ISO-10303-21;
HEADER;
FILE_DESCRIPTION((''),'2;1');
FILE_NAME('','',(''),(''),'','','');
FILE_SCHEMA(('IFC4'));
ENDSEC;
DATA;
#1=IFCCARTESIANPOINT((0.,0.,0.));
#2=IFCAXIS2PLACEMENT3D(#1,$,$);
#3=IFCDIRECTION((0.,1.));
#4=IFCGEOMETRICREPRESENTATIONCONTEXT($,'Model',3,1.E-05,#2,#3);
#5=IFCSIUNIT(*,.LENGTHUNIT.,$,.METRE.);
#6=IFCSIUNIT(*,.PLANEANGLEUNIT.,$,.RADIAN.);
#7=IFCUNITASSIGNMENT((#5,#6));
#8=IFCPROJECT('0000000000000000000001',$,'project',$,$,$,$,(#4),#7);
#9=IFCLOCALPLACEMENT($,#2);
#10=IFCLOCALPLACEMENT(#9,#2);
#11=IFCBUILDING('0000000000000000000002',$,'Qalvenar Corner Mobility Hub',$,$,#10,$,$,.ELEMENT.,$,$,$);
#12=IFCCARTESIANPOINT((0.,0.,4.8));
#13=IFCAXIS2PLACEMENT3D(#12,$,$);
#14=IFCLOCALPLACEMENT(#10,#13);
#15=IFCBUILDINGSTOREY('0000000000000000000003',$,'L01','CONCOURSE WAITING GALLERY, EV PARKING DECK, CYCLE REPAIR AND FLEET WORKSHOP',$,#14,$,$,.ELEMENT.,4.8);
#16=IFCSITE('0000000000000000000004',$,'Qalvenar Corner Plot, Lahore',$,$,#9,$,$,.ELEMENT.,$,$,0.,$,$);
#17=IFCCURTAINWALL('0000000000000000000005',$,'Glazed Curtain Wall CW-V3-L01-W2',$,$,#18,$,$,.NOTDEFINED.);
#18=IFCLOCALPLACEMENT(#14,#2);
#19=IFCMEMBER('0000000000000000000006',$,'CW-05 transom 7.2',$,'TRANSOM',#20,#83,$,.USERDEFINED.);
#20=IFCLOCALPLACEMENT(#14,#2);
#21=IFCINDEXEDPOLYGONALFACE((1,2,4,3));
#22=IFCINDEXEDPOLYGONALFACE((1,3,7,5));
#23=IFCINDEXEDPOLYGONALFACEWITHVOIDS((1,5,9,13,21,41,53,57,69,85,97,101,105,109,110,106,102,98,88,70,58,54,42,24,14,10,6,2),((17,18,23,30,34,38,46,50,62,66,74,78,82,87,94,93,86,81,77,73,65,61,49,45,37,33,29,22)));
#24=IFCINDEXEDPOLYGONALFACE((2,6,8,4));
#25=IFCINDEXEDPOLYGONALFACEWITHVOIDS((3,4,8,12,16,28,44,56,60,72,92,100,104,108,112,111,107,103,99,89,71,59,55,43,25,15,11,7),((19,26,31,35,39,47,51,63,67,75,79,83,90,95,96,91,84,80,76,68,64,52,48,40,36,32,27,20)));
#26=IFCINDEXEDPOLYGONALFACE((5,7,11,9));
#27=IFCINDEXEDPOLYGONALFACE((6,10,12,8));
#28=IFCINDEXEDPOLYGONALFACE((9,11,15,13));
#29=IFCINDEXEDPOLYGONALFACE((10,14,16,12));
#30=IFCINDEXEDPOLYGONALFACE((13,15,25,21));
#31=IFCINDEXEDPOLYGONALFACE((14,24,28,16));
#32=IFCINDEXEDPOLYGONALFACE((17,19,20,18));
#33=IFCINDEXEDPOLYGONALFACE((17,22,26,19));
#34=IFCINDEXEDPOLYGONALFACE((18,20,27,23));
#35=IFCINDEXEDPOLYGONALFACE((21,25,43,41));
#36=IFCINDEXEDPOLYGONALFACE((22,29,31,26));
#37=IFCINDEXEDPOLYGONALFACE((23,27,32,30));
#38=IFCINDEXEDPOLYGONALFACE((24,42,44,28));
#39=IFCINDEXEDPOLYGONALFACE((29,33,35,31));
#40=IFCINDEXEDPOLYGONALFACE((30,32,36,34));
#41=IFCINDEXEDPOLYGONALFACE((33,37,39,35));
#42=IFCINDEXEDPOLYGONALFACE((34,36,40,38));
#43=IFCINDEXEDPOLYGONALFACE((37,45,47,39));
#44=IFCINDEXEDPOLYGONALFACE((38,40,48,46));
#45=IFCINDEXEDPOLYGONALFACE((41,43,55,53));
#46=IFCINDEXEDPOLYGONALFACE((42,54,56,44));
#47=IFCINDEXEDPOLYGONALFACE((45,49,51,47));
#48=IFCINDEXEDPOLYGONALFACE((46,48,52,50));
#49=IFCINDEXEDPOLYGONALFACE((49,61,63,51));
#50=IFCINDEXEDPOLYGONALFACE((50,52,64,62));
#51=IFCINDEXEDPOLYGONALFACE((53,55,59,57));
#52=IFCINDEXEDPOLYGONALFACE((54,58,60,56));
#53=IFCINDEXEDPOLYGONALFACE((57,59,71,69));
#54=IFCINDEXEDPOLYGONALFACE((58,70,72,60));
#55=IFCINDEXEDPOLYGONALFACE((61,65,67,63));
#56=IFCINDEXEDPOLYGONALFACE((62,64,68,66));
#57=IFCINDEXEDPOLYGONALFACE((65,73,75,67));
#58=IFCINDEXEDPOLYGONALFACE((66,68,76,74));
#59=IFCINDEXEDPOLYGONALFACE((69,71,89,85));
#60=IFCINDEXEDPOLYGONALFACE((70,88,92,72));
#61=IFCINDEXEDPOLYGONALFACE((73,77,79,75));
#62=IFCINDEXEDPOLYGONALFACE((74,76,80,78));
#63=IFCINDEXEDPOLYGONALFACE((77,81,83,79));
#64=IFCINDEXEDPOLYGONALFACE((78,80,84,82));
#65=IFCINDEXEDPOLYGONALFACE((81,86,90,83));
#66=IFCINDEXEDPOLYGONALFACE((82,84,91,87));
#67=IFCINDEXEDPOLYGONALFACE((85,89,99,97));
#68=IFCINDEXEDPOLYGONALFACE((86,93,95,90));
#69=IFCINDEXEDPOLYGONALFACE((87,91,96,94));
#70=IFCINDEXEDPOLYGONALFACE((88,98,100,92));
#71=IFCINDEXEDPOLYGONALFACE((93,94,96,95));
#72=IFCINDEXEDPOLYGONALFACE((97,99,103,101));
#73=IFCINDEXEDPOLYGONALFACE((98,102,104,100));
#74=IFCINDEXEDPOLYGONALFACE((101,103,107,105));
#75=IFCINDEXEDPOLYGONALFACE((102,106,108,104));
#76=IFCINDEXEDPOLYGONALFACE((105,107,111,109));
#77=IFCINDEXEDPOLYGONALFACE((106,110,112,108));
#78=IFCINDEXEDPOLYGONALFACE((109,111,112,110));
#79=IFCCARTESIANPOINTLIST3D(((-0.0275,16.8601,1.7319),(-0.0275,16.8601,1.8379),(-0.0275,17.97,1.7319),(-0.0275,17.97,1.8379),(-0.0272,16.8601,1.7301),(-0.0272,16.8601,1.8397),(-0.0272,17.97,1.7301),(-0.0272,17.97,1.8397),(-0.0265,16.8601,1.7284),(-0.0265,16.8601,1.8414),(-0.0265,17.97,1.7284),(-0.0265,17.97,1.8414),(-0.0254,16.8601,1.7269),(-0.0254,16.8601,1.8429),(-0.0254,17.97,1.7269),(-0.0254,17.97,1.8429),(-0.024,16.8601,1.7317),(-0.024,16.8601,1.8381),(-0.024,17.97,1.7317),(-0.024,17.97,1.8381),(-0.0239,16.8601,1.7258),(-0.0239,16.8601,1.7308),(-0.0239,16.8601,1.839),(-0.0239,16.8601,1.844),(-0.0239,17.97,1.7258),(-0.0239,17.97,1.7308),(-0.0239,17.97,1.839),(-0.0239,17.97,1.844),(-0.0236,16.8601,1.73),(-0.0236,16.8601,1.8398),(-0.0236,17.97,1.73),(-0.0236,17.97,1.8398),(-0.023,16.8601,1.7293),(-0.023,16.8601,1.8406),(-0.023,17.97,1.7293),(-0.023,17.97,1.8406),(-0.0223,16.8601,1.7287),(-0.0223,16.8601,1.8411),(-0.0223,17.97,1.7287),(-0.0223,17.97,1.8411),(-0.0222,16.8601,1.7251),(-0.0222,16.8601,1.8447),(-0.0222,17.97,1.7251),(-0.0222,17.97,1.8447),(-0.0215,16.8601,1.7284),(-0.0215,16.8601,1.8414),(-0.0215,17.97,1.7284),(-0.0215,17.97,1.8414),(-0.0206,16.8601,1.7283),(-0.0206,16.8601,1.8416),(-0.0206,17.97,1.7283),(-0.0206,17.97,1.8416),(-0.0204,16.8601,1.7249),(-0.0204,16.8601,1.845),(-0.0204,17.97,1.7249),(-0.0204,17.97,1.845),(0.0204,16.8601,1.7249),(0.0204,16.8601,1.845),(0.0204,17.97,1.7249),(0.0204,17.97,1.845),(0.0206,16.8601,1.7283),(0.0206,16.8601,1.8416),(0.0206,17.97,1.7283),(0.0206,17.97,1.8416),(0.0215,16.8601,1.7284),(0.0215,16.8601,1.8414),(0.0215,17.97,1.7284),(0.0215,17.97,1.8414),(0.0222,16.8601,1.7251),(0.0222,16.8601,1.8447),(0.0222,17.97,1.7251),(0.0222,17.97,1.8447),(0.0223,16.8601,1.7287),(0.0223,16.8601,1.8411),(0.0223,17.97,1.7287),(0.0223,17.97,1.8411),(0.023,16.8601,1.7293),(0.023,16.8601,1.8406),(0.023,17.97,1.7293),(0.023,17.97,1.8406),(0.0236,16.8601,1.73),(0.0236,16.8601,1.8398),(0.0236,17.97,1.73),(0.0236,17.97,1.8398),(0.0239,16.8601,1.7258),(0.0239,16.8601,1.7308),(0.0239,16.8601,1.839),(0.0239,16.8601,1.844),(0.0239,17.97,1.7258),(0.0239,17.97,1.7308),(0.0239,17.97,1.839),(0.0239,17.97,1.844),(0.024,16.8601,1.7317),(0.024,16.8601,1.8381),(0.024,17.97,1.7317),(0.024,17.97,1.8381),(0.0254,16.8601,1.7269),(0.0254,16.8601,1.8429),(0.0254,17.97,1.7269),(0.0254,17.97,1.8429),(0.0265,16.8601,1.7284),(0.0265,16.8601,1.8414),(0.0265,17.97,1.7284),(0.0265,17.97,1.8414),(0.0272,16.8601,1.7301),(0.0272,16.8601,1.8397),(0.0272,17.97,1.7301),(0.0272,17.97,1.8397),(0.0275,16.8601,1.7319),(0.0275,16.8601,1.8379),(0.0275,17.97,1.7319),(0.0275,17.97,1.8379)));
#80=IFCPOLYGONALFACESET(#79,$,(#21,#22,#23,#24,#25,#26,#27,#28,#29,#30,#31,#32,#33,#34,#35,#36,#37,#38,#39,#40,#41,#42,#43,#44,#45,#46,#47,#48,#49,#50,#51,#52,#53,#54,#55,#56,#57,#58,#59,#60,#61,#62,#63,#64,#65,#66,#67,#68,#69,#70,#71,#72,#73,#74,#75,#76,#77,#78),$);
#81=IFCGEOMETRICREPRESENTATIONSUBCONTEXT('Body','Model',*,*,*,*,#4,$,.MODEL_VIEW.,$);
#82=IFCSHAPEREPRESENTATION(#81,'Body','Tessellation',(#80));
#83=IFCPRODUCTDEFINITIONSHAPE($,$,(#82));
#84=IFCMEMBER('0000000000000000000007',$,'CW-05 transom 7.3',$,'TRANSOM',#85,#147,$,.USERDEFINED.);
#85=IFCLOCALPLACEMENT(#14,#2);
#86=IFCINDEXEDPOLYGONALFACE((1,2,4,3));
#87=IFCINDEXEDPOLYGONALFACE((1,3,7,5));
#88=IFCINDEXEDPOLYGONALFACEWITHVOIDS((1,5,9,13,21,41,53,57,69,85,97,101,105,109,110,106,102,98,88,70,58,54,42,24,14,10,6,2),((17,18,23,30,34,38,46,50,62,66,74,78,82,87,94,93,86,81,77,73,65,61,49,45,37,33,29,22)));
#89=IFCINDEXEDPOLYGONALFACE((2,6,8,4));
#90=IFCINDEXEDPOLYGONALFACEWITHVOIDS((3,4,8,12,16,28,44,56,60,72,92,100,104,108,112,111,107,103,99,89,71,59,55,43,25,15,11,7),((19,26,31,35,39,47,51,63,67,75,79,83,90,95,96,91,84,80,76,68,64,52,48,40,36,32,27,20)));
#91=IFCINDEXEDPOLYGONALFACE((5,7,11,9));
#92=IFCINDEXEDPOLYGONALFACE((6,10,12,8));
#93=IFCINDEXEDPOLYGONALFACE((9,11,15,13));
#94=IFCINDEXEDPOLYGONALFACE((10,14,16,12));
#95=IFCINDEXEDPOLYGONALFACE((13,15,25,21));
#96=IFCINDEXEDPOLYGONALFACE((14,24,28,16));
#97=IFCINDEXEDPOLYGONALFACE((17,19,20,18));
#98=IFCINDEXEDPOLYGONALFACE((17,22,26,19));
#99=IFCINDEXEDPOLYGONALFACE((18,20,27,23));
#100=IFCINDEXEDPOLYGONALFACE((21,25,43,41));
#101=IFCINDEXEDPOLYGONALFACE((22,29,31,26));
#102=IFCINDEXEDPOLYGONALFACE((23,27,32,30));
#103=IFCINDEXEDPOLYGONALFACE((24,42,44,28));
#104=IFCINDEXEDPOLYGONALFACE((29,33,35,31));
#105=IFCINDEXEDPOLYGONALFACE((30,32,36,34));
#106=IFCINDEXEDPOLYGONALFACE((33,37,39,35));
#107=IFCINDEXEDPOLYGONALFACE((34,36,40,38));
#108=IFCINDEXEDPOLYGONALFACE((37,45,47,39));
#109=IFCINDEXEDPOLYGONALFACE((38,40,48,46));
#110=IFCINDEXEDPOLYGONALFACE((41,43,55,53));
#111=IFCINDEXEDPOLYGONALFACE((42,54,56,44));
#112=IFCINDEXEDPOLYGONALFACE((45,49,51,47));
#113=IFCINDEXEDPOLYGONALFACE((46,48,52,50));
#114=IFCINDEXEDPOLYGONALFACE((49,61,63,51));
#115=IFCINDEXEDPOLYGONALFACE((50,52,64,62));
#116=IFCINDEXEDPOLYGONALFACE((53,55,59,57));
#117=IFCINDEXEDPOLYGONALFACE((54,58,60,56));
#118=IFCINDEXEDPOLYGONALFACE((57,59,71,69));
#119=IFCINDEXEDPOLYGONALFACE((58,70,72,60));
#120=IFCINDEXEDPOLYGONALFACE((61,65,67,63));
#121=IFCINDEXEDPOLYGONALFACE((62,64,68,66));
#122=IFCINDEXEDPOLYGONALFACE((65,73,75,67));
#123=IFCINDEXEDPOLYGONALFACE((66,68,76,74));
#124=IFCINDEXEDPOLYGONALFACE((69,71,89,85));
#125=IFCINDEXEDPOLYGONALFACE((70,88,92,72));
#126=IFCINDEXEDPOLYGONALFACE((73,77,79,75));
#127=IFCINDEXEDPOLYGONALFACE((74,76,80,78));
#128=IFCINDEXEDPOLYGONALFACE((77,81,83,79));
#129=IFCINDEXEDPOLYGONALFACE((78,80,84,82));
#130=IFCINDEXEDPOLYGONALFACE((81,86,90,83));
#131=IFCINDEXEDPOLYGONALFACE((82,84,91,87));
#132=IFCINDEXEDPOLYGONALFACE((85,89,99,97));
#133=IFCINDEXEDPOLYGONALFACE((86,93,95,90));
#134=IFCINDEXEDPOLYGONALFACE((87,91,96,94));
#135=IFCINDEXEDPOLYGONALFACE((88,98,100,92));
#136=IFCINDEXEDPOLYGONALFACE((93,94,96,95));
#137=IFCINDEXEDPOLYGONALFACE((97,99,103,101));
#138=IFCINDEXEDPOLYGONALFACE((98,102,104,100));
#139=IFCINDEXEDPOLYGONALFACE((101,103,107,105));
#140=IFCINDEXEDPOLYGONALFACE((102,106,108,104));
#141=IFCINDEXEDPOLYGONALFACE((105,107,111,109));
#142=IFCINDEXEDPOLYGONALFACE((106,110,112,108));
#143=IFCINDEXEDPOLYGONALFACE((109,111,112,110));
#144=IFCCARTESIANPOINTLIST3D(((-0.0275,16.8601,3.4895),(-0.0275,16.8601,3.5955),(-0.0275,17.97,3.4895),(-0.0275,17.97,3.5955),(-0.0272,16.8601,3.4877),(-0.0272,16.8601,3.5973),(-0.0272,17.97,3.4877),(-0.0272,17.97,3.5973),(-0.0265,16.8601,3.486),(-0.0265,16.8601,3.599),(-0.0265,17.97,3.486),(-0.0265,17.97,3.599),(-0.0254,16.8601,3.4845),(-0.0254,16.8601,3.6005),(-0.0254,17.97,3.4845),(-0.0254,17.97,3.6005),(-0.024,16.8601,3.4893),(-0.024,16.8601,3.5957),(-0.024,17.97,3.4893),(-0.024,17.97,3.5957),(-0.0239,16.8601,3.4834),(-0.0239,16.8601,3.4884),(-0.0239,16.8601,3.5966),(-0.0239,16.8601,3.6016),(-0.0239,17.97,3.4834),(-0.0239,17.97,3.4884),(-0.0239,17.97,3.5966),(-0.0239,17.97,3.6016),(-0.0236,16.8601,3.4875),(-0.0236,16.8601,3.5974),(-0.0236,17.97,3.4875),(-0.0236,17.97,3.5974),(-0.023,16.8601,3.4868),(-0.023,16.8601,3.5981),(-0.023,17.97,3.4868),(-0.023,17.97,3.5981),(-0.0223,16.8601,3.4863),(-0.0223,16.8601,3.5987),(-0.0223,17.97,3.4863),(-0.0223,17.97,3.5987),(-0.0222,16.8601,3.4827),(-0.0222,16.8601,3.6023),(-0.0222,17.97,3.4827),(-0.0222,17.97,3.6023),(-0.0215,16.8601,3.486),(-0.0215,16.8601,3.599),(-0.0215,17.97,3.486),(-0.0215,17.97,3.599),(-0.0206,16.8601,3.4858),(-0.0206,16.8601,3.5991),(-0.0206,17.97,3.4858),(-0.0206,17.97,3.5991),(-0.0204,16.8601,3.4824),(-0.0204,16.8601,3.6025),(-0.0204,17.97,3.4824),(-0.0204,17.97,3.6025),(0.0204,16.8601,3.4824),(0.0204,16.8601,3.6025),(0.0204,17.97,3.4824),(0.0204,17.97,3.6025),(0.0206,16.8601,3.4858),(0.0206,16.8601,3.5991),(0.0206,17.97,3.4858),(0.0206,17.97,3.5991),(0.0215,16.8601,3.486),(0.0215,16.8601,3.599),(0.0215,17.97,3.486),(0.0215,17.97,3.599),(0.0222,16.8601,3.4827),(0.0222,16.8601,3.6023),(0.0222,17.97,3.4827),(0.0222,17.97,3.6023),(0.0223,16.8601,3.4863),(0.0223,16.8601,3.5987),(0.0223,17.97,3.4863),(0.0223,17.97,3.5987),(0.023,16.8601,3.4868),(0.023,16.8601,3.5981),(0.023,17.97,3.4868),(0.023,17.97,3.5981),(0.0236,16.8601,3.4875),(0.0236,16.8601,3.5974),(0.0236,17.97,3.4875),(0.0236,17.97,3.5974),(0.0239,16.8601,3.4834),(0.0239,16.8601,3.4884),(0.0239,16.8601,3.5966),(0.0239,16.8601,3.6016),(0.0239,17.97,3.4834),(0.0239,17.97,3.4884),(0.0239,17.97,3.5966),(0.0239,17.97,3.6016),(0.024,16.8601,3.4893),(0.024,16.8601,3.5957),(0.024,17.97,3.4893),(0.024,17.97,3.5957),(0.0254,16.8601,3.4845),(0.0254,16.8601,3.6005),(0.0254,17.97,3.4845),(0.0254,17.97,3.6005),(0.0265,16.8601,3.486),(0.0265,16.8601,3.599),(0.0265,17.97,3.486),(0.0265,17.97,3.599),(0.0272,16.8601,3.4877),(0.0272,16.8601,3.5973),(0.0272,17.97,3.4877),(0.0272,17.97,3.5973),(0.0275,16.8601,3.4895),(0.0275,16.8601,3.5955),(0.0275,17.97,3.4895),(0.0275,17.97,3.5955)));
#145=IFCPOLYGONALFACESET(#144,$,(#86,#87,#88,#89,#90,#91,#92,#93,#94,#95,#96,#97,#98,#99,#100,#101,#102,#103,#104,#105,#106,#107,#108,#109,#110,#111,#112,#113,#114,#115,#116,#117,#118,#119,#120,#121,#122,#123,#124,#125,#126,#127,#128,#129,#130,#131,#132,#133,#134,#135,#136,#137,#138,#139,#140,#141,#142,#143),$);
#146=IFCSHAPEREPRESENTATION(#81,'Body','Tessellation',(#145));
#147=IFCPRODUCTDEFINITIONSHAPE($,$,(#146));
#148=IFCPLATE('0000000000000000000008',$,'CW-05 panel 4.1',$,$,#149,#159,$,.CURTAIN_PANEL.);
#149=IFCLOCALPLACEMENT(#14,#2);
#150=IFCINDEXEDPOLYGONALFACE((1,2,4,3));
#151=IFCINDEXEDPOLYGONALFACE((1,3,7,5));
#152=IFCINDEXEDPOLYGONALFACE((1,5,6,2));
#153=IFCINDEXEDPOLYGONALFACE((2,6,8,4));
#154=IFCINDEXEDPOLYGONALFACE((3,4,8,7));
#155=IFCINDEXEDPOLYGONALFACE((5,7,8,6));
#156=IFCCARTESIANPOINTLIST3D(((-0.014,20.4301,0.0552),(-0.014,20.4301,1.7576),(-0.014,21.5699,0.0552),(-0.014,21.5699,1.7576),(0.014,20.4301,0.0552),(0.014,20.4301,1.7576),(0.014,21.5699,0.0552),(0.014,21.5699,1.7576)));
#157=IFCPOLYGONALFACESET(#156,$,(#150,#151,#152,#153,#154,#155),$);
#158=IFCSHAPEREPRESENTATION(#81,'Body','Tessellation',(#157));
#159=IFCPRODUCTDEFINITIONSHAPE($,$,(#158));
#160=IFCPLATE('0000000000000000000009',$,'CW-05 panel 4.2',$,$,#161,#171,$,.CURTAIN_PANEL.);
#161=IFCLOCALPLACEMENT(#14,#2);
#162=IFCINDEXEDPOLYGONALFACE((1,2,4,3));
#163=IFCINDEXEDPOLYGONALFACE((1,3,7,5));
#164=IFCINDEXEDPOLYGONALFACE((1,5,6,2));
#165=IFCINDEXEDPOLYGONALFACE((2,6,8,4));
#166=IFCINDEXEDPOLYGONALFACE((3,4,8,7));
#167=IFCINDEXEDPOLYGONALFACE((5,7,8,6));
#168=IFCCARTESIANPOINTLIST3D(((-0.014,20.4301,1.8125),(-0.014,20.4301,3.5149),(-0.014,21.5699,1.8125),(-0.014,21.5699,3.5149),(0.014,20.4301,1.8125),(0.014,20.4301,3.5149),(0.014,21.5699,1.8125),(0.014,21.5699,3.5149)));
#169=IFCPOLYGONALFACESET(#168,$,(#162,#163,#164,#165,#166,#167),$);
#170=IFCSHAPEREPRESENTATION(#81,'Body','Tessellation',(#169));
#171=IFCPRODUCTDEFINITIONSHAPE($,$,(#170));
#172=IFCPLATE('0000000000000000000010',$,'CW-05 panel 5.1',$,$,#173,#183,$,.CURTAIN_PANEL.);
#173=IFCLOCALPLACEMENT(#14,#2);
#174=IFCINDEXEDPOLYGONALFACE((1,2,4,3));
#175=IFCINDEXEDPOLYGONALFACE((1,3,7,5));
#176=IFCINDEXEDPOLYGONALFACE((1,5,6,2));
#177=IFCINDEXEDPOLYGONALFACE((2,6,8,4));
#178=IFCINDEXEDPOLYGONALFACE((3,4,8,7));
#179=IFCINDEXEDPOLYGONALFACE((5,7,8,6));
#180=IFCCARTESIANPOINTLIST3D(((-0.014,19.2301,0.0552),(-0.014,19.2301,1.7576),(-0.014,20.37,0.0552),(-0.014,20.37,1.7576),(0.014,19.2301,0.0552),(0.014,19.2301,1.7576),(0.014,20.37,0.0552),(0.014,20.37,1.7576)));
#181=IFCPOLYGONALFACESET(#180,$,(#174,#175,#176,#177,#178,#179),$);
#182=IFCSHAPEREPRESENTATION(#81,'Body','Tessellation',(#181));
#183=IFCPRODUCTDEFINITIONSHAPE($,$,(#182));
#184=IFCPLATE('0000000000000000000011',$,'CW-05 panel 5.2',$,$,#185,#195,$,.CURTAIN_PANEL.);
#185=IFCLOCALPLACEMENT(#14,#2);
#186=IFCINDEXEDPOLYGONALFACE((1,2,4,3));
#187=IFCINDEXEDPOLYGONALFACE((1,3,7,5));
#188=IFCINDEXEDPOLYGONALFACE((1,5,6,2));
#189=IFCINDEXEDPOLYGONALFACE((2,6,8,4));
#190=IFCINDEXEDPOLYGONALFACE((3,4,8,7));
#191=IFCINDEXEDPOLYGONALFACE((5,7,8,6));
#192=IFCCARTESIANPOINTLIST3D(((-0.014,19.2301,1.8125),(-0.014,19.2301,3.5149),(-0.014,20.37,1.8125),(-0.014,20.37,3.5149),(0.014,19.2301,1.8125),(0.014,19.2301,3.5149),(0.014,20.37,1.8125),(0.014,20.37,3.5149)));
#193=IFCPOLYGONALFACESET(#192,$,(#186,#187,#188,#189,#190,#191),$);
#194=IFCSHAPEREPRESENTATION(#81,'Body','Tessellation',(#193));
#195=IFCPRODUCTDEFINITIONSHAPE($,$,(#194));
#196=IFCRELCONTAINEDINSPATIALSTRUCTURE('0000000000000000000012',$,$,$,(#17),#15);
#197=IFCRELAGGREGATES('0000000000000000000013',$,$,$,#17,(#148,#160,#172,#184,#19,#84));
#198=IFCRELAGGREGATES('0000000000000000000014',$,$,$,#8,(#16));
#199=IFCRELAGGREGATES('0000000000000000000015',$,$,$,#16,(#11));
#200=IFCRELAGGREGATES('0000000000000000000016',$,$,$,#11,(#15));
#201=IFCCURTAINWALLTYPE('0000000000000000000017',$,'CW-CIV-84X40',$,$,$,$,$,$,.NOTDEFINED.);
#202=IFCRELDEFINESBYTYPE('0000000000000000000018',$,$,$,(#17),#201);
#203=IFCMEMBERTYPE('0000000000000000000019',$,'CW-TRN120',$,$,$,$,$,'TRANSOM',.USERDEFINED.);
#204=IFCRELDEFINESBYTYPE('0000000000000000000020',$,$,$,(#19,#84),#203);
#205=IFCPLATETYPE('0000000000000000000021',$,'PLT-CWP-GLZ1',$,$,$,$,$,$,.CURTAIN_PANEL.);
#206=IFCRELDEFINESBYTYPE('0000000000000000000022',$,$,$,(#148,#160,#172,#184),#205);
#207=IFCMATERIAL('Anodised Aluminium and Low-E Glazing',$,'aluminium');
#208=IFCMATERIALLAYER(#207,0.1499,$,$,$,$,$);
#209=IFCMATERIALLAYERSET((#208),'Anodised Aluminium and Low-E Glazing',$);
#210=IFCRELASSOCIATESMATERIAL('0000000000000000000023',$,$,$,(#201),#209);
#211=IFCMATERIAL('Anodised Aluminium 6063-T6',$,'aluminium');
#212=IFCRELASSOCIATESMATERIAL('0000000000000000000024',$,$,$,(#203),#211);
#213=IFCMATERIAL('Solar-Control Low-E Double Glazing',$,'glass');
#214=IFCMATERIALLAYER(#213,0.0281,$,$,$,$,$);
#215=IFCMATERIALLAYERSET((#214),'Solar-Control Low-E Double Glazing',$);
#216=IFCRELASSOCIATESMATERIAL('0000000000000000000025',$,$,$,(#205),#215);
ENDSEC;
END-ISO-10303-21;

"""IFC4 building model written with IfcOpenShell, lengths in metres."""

from ifc_helpers import new_model, si_unit, direction, frame, origin, origin_2d, place, context, subcontext, project, spatial, rectangle, hollow_rectangle, extrude, material, layer, layer_set, material_profile, profile_set, type_object, element, aggregate, save


model = new_model("IFC4")

# Units and contexts
model_context = context("Model", 3, precision=1e-05, world=origin(), true_north=direction((0.0, 1.0)))
body_context = subcontext(model_context, "Body", "Model", "MODEL_VIEW")
ifc_project = project(units=[si_unit("LENGTHUNIT", "METRE"), si_unit("PLANEANGLEUNIT", "RADIAN")], contexts=[model_context])

# Site, building, storey
site_placement = place(None, origin())
site = spatial("IfcSite", under=ifc_project, at=site_placement, Name="Qalvenar Corner Plot, Lahore", CompositionType="ELEMENT", RefElevation=0.0)
building_placement = place(site_placement, origin())
building = spatial("IfcBuilding", under=site, at=building_placement, Name="Qalvenar Corner Mobility Hub", CompositionType="ELEMENT")
storey_placement = place(building_placement, frame((0.0, 0.0, 4.8)))
storey = spatial("IfcBuildingStorey", under=building, at=storey_placement, Name="L01", Description="CONCOURSE WAITING GALLERY, EV PARKING DECK, CYCLE REPAIR AND FLEET WORKSHOP", CompositionType="ELEMENT", Elevation=4.8)

# Curtain wall, members, plates
ifc_material_1 = material(Name="Anodised Aluminium and Low-E Glazing", Category="aluminium")
ifc_layer_1 = layer(ifc_material_1, 0.1499)
ifc_layer_set_1 = layer_set([ifc_layer_1], Name="Anodised Aluminium and Low-E Glazing")
curtain_wall_type = type_object("IfcCurtainWallType", Name="CW-CIV-84X40", PredefinedType="NOTDEFINED", material=ifc_layer_set_1)
curtain_wall_placement = place(storey_placement, origin())
curtain_wall = element("IfcCurtainWall", 1, at=curtain_wall_placement, inside=storey, type_object=curtain_wall_type, Name="Glazed Curtain Wall CW-V3-L01-W2", PredefinedType="NOTDEFINED")
ifc_material_2 = material(Name="Anodised Aluminium 6063-T6", Category="aluminium")
ifc_material_profile_1 = material_profile(ifc_material_2, hollow_rectangle(XDim=0.0549, YDim=0.1201, WallThickness=0.0034, InnerFilletRadius=0.0034, OuterFilletRadius=0.0071, at=origin_2d()), Name="RHS120x55x3.5")
ifc_profile_set_1 = profile_set([ifc_material_profile_1], Name="Anodised Aluminium 6063-T6")
member_type_1 = type_object("IfcMemberType", Name="CW-TRN120", ElementType="TRANSOM", PredefinedType="USERDEFINED", material=ifc_profile_set_1)
member_1_placement = place(storey_placement, frame((0.0, 17.97, 1.7849), z_axis=(0.0, -1.0, 0.0), x_axis=(1.0, 0.0, 0.0)))
member_1 = element("IfcMember", 2, at=member_1_placement, type_object=member_type_1, Name="CW-05 transom 7.2", ObjectType="TRANSOM", PredefinedType="USERDEFINED", context=body_context, shape_type="SweptSolid", body=[
    extrude(hollow_rectangle(XDim=0.0549, YDim=0.1201, WallThickness=0.0034, InnerFilletRadius=0.0034, OuterFilletRadius=0.0071, at=origin_2d()), origin(), (0.0, 0.0, 1.0), 1.1099),
])
member_2_placement = place(storey_placement, frame((0.0, 17.97, 3.5425), z_axis=(0.0, -1.0, 0.0), x_axis=(1.0, 0.0, 0.0)))
member_2 = element("IfcMember", 3, at=member_2_placement, type_object=member_type_1, Name="CW-05 transom 7.3", ObjectType="TRANSOM", PredefinedType="USERDEFINED", context=body_context, shape_type="SweptSolid", body=[
    extrude(hollow_rectangle(XDim=0.0549, YDim=0.1201, WallThickness=0.0034, InnerFilletRadius=0.0034, OuterFilletRadius=0.0071, at=origin_2d()), origin(), (0.0, 0.0, 1.0), 1.1099),
])
ifc_material_3 = material(Name="Solar-Control Low-E Double Glazing", Category="glass")
ifc_layer_2 = layer(ifc_material_3, 0.0281)
ifc_layer_set_2 = layer_set([ifc_layer_2], Name="Solar-Control Low-E Double Glazing")
plate_type = type_object("IfcPlateType", Name="PLT-CWP-GLZ1", PredefinedType="CURTAIN_PANEL", material=ifc_layer_set_2)
plate_1_placement = place(storey_placement, frame((0.0, 21.0, 0.0552), z_axis=(0.0, 0.0, 1.0), x_axis=(0.0, -1.0, 0.0)))
plate_1 = element("IfcPlate", 4, at=plate_1_placement, type_object=plate_type, Name="CW-05 panel 4.1", PredefinedType="CURTAIN_PANEL", context=body_context, shape_type="SweptSolid", body=[
    extrude(rectangle(XDim=1.1399, YDim=0.0281, at=origin_2d()), origin(), (0.0, 0.0, 1.0), 1.7024),
])
plate_2_placement = place(storey_placement, frame((0.0, 21.0, 1.8125), z_axis=(0.0, 0.0, 1.0), x_axis=(0.0, -1.0, 0.0)))
plate_2 = element("IfcPlate", 5, at=plate_2_placement, type_object=plate_type, Name="CW-05 panel 4.2", PredefinedType="CURTAIN_PANEL", context=body_context, shape_type="SweptSolid", body=[
    extrude(rectangle(XDim=1.1399, YDim=0.0281, at=origin_2d()), origin(), (0.0, 0.0, 1.0), 1.7024),
])
plate_3_placement = place(storey_placement, frame((0.0, 19.8, 0.0552), z_axis=(0.0, 0.0, 1.0), x_axis=(0.0, -1.0, 0.0)))
plate_3 = element("IfcPlate", 6, at=plate_3_placement, type_object=plate_type, Name="CW-05 panel 5.1", PredefinedType="CURTAIN_PANEL", context=body_context, shape_type="SweptSolid", body=[
    extrude(rectangle(XDim=1.1399, YDim=0.0281, at=origin_2d()), origin(), (0.0, 0.0, 1.0), 1.7024),
])
plate_4_placement = place(storey_placement, frame((0.0, 19.8, 1.8125), z_axis=(0.0, 0.0, 1.0), x_axis=(0.0, -1.0, 0.0)))
plate_4 = element("IfcPlate", 7, at=plate_4_placement, type_object=plate_type, Name="CW-05 panel 5.2", PredefinedType="CURTAIN_PANEL", context=body_context, shape_type="SweptSolid", body=[
    extrude(rectangle(XDim=1.1399, YDim=0.0281, at=origin_2d()), origin(), (0.0, 0.0, 1.0), 1.7024),
])
aggregate(curtain_wall, [plate_1, plate_2, plate_3, plate_4, member_1, member_2])

save(model, "model.ifc")
